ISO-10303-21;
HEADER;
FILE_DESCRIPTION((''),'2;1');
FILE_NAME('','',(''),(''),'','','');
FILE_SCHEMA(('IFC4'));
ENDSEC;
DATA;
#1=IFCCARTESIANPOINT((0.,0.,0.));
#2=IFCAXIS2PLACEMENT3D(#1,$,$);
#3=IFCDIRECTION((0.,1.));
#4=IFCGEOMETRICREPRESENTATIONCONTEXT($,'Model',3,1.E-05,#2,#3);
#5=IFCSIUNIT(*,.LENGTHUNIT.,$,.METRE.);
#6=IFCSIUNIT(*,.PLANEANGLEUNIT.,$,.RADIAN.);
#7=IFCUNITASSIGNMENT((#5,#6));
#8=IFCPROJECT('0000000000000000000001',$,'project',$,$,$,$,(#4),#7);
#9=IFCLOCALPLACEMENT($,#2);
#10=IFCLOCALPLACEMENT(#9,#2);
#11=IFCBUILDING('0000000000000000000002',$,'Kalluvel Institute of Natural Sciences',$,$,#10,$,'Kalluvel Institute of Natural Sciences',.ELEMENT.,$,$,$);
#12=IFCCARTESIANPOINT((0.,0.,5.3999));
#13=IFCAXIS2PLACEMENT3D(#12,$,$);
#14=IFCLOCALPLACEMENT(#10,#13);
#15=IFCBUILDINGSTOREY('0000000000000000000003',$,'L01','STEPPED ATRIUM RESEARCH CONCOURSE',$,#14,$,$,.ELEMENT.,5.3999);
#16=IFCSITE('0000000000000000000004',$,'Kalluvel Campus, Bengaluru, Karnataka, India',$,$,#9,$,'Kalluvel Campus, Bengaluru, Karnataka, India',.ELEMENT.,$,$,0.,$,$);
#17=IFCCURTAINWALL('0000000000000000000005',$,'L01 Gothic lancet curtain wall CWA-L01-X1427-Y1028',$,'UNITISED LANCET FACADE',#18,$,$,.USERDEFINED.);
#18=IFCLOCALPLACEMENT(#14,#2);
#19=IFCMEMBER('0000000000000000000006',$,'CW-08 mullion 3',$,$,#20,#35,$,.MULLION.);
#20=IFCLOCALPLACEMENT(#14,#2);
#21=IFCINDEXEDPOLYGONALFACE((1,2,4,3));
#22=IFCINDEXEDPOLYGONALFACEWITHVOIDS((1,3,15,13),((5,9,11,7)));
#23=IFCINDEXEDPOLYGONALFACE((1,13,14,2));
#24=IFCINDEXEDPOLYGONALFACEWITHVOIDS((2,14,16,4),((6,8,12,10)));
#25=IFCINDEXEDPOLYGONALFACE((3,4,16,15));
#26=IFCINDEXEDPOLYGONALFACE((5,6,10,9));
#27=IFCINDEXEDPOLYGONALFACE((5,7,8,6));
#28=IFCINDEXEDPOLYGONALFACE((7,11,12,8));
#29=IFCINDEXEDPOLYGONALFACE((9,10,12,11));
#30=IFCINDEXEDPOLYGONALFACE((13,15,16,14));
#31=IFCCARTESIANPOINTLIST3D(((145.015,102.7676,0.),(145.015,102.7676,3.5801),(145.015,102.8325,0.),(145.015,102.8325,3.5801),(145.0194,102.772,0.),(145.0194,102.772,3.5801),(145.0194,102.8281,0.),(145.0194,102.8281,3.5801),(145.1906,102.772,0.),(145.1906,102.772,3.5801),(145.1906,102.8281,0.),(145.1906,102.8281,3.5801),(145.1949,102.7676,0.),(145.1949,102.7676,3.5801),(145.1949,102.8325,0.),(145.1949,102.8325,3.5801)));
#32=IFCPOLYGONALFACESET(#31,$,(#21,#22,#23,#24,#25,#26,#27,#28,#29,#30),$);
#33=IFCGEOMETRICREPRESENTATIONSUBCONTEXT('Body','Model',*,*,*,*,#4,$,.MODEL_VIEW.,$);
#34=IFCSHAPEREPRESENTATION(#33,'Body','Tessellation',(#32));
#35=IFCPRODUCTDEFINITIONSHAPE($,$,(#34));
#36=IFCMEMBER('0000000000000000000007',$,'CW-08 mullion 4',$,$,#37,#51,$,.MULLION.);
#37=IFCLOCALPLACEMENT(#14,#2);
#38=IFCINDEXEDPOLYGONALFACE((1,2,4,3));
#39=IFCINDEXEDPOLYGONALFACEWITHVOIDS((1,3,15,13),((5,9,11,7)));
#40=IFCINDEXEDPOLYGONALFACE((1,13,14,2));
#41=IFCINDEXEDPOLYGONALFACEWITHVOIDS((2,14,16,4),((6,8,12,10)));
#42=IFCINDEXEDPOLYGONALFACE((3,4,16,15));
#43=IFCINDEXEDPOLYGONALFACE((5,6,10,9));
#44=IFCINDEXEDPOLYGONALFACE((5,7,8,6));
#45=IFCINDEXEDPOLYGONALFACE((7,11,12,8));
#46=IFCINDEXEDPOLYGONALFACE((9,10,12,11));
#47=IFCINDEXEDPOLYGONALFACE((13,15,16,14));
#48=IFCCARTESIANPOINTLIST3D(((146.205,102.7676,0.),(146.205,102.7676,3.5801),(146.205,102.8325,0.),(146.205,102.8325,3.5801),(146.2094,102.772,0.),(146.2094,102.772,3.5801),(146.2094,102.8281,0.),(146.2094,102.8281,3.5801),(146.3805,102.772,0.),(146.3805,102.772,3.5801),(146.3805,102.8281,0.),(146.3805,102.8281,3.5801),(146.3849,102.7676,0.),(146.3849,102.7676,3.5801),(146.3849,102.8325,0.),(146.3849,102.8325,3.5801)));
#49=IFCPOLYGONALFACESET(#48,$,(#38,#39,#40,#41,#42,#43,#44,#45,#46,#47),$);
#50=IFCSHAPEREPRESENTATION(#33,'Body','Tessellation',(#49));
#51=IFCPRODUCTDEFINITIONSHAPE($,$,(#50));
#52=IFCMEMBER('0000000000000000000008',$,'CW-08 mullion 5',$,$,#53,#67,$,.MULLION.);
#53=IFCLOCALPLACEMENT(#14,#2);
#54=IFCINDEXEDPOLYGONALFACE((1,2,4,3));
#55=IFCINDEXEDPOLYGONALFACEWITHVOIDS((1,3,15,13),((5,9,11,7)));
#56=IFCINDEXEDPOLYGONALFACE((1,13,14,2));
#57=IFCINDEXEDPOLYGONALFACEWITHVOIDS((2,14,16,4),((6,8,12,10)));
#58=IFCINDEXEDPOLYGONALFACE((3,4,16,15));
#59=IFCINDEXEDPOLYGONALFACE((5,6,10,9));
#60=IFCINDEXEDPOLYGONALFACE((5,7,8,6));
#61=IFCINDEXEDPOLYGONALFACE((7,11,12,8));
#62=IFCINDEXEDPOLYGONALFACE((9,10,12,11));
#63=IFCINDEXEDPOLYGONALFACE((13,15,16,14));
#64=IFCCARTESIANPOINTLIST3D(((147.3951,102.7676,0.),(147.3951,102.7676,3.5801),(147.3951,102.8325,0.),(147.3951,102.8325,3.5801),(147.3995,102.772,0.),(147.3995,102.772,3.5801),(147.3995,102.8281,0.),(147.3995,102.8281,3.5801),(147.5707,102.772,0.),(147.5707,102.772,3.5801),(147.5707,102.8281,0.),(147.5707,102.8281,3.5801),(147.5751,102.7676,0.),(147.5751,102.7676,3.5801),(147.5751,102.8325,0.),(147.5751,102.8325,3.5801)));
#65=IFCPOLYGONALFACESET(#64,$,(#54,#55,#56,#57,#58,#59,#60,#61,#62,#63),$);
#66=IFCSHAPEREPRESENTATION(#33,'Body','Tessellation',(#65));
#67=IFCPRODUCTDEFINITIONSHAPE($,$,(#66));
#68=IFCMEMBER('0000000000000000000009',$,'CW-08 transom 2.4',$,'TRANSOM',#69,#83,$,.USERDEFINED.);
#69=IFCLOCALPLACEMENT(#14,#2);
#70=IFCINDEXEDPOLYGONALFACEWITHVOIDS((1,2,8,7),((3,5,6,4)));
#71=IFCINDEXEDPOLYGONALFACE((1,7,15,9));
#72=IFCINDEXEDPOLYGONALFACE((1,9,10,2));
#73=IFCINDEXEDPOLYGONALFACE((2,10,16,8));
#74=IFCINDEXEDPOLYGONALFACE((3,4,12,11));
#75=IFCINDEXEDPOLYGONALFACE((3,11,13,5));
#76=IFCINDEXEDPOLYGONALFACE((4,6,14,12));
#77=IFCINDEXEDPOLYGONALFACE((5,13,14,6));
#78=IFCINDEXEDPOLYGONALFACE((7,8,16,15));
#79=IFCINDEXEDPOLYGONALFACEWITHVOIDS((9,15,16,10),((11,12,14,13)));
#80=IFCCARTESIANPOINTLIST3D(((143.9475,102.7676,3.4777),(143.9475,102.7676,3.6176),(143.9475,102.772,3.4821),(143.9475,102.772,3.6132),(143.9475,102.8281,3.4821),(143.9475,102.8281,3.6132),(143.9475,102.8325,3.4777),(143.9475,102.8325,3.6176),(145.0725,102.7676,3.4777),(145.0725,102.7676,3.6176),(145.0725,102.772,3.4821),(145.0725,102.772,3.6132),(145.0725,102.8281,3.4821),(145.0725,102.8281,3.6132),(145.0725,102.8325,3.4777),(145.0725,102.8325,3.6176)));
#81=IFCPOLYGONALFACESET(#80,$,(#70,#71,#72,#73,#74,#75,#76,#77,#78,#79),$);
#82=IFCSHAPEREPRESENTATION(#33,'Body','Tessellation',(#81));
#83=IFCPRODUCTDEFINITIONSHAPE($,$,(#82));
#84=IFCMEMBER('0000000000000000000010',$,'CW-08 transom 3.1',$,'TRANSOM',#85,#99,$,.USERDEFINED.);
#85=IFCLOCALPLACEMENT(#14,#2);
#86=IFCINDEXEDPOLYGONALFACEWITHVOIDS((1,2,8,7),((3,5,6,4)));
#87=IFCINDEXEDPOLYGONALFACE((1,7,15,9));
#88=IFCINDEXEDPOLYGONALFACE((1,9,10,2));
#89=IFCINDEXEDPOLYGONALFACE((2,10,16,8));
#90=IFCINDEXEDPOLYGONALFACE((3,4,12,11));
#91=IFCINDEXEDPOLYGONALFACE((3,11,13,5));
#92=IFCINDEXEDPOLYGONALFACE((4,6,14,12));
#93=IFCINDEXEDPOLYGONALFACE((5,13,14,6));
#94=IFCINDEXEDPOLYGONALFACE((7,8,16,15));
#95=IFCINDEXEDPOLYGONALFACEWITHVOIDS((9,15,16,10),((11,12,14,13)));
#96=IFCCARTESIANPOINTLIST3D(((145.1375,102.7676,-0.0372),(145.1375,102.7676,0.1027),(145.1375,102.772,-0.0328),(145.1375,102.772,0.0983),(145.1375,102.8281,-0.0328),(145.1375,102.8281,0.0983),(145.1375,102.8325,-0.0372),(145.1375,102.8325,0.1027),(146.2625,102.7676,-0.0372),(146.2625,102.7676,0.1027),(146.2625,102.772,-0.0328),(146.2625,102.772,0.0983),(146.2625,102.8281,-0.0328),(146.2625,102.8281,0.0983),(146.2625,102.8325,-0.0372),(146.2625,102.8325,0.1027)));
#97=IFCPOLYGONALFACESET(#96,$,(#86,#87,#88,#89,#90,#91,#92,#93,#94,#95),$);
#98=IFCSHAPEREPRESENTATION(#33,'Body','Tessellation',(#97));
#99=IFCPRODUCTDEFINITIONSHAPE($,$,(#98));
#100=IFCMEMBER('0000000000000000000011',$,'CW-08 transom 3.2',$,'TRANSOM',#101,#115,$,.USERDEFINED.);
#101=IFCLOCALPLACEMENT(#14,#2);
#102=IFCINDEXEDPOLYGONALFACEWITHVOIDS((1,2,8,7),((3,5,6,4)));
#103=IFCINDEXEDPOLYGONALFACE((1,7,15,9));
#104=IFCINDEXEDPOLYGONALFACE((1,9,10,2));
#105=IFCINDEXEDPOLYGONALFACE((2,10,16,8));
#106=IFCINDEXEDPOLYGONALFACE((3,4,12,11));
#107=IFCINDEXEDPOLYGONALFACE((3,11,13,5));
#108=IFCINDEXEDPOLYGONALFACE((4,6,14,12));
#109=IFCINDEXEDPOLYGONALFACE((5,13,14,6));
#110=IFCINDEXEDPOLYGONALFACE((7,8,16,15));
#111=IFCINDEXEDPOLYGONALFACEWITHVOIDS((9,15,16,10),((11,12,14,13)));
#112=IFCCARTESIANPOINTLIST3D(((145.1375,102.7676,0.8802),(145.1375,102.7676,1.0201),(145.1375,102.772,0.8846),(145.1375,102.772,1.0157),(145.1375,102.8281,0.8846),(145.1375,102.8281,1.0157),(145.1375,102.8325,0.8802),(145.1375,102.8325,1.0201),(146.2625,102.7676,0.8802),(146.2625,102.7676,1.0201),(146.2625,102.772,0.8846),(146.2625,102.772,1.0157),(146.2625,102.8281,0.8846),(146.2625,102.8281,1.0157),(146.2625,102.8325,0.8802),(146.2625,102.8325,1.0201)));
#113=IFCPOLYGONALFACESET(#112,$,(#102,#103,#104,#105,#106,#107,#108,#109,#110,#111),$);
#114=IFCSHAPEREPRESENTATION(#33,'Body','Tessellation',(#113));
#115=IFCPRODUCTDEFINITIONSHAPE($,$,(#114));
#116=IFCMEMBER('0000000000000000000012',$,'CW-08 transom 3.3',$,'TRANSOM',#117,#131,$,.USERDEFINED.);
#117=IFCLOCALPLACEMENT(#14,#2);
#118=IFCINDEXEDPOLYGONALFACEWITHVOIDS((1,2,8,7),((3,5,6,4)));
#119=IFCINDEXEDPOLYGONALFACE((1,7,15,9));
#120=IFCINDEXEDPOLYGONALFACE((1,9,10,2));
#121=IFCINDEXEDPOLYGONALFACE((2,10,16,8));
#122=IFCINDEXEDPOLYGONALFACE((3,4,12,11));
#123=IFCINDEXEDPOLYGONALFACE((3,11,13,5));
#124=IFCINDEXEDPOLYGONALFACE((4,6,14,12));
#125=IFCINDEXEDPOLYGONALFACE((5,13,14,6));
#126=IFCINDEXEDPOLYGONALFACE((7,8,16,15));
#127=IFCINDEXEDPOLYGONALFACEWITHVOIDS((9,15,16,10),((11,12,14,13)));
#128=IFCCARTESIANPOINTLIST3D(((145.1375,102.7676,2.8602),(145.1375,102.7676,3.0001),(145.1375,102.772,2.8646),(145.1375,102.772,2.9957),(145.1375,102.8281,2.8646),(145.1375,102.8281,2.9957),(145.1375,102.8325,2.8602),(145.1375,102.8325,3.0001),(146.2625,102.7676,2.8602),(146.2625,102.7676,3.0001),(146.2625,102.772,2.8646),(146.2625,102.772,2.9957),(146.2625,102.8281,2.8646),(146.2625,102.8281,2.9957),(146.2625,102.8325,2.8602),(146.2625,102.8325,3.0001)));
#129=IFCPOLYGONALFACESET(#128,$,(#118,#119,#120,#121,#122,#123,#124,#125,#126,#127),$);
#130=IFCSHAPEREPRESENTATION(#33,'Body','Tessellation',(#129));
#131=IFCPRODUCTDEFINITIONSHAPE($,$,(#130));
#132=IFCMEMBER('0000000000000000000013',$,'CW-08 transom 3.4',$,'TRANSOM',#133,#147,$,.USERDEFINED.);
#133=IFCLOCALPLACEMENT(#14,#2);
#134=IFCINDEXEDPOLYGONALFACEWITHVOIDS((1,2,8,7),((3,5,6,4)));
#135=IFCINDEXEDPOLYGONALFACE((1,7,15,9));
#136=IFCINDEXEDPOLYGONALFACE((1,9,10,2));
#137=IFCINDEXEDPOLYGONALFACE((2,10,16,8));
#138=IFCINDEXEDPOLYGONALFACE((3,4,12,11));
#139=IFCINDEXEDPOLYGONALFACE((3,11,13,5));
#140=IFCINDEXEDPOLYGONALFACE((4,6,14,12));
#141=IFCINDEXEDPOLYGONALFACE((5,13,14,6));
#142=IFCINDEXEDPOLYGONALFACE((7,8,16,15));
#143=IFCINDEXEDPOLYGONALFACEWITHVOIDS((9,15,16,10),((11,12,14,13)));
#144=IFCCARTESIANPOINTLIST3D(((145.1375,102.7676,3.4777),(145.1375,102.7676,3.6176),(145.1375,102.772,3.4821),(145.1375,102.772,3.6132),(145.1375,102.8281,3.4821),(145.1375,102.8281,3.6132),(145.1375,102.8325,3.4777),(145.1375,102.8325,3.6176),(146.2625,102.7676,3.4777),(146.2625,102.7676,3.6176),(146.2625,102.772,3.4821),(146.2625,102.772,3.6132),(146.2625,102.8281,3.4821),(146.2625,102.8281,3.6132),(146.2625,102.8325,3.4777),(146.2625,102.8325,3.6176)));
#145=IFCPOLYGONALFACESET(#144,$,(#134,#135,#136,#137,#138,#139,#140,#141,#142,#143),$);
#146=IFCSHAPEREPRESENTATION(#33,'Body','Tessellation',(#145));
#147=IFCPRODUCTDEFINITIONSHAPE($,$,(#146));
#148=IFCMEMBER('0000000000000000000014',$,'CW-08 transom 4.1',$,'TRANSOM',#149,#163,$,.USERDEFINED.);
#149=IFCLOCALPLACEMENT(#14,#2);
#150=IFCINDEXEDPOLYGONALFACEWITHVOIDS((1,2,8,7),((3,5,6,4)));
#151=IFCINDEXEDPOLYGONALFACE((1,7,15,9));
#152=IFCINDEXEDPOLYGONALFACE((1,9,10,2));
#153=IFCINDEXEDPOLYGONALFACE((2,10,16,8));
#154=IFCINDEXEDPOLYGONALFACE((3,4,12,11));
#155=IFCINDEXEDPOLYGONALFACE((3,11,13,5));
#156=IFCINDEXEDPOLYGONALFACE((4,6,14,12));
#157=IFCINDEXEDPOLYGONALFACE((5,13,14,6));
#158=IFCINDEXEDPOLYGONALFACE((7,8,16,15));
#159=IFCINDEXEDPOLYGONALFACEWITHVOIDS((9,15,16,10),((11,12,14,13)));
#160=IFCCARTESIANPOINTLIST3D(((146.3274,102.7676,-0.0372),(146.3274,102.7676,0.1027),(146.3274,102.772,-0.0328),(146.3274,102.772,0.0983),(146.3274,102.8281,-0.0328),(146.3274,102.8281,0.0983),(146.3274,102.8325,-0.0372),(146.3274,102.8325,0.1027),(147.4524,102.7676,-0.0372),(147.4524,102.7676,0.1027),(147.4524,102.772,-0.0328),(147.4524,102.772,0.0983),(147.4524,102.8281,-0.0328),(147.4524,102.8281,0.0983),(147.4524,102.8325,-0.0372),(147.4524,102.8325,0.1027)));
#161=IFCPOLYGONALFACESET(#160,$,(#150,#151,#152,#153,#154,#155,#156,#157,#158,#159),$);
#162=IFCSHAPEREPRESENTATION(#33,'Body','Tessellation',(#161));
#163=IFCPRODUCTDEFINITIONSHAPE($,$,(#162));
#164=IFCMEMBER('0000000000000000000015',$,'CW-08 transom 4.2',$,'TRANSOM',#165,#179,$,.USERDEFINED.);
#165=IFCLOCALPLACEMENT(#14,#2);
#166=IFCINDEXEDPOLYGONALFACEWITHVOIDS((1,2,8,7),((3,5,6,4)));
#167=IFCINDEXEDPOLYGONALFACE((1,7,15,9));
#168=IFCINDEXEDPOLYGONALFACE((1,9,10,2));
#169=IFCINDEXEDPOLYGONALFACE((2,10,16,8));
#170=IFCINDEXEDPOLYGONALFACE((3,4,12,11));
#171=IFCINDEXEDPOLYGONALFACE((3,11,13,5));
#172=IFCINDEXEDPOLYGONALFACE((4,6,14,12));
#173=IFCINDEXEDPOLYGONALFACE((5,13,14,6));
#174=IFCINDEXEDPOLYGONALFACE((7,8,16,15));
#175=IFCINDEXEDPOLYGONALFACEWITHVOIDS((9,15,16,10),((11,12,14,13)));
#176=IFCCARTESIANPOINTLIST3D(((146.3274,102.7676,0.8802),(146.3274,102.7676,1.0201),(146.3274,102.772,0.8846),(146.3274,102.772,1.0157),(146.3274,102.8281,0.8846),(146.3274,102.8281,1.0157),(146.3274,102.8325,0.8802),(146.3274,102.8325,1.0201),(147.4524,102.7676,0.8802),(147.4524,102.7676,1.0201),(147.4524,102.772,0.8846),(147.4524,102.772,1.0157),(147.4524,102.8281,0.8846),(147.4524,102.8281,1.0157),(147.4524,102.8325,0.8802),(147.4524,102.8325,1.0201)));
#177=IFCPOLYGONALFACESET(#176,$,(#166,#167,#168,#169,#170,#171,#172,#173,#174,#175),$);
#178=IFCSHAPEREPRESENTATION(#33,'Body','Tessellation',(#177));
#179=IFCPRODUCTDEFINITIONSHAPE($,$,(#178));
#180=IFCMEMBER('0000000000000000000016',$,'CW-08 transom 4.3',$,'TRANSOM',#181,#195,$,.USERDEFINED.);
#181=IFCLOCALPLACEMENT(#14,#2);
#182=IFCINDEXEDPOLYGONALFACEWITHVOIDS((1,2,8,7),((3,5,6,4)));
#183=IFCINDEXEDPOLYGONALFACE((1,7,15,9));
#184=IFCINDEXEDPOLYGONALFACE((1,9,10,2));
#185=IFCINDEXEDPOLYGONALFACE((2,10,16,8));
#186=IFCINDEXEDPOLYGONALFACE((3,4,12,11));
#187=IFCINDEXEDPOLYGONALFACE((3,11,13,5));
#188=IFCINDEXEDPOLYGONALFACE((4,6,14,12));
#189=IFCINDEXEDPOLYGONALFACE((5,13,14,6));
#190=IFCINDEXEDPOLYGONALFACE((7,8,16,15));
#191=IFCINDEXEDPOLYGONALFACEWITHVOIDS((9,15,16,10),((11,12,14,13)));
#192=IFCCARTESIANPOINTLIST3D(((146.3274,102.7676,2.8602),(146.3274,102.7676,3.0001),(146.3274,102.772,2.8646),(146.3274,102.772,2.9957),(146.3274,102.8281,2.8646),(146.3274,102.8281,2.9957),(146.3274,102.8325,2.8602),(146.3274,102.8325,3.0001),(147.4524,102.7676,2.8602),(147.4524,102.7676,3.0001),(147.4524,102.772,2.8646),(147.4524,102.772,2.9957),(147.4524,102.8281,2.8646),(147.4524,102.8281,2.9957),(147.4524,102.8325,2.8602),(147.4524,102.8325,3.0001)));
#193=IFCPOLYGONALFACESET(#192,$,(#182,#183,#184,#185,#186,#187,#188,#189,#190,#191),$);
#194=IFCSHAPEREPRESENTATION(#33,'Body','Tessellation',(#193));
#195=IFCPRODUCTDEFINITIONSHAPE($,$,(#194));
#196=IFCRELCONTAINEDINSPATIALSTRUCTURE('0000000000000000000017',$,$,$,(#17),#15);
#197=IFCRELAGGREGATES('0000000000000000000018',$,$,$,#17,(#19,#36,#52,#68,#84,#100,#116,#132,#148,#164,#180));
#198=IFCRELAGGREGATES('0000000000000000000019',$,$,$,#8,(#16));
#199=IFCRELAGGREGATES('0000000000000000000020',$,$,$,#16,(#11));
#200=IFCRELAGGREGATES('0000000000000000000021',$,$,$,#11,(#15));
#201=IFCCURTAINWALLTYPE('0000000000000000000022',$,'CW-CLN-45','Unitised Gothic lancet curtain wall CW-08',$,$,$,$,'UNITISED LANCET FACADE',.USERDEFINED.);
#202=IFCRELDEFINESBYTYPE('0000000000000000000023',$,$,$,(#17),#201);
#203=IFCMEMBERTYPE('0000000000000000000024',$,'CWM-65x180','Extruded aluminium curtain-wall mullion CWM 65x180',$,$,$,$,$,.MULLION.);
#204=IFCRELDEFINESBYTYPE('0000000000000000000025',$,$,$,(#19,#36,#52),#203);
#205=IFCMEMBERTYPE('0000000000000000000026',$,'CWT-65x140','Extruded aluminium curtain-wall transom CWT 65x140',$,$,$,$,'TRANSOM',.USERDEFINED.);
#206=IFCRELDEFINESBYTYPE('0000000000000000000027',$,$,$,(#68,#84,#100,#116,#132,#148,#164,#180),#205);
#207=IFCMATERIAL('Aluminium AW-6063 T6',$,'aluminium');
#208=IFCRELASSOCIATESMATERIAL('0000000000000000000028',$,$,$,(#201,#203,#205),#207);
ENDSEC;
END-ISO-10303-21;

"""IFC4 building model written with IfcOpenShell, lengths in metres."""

from ifc_helpers import new_model, si_unit, direction, frame, origin, origin_2d, place, context, subcontext, project, spatial, hollow_rectangle, extrude, material, material_profile, profile_set, type_object, element, aggregate, save


model = new_model("IFC4")

# Units and contexts
model_context = context("Model", 3, precision=1e-05, world=origin(), true_north=direction((0.0, 1.0)))
body_context = subcontext(model_context, "Body", "Model", "MODEL_VIEW")
ifc_project = project(units=[si_unit("LENGTHUNIT", "METRE"), si_unit("PLANEANGLEUNIT", "RADIAN")], contexts=[model_context])

# Site, building, storey
site_placement = place(None, origin())
site = spatial("IfcSite", under=ifc_project, at=site_placement, Name="Kalluvel Campus, Bengaluru, Karnataka, India", LongName="Kalluvel Campus, Bengaluru, Karnataka, India", CompositionType="ELEMENT", RefElevation=0.0)
building_placement = place(site_placement, origin())
building = spatial("IfcBuilding", under=site, at=building_placement, Name="Kalluvel Institute of Natural Sciences", LongName="Kalluvel Institute of Natural Sciences", CompositionType="ELEMENT")
storey_placement = place(building_placement, frame((0.0, 0.0, 5.3999)))
storey = spatial("IfcBuildingStorey", under=building, at=storey_placement, Name="L01", Description="STEPPED ATRIUM RESEARCH CONCOURSE", CompositionType="ELEMENT", Elevation=5.3999)

# Curtain wall, members
ifc_material_1 = material(Name="Aluminium AW-6063 T6", Category="aluminium")
curtain_wall_type = type_object("IfcCurtainWallType", Name="CW-CLN-45", Description="Unitised Gothic lancet curtain wall CW-08", ElementType="UNITISED LANCET FACADE", PredefinedType="USERDEFINED", material=ifc_material_1)
curtain_wall_placement = place(storey_placement, origin())
curtain_wall = element("IfcCurtainWall", 1, at=curtain_wall_placement, inside=storey, type_object=curtain_wall_type, Name="L01 Gothic lancet curtain wall CWA-L01-X1427-Y1028", ObjectType="UNITISED LANCET FACADE", PredefinedType="USERDEFINED")
ifc_material_profile_1 = material_profile(ifc_material_1, hollow_rectangle(XDim=0.0649, YDim=0.1799, WallThickness=0.0044, at=origin_2d()), Name="CWM 65x180")
ifc_profile_set_1 = profile_set([ifc_material_profile_1], Name="Aluminium AW-6063 T6")
member_type_1 = type_object("IfcMemberType", Name="CWM-65x180", Description="Extruded aluminium curtain-wall mullion CWM 65x180", PredefinedType="MULLION", material=ifc_profile_set_1)
member_1_placement = place(storey_placement, frame((145.105, 102.8, 0.0), z_axis=(0.0, 0.0, 1.0), x_axis=(0.0, 1.0, 0.0)))
member_1 = element("IfcMember", 2, at=member_1_placement, type_object=member_type_1, Name="CW-08 mullion 3", PredefinedType="MULLION", context=body_context, shape_type="SweptSolid", body=[
    extrude(hollow_rectangle(XDim=0.0649, YDim=0.1799, WallThickness=0.0044, at=origin_2d()), origin(), (0.0, 0.0, 1.0), 3.5801),
])
member_2_placement = place(storey_placement, frame((146.2949, 102.8, 0.0), z_axis=(0.0, 0.0, 1.0), x_axis=(0.0, 1.0, 0.0)))
member_2 = element("IfcMember", 3, at=member_2_placement, type_object=member_type_1, Name="CW-08 mullion 4", PredefinedType="MULLION", context=body_context, shape_type="SweptSolid", body=[
    extrude(hollow_rectangle(XDim=0.0649, YDim=0.1799, WallThickness=0.0044, at=origin_2d()), origin(), (0.0, 0.0, 1.0), 3.5801),
])
member_3_placement = place(storey_placement, frame((147.4851, 102.8, 0.0), z_axis=(0.0, 0.0, 1.0), x_axis=(0.0, 1.0, 0.0)))
member_3 = element("IfcMember", 4, at=member_3_placement, type_object=member_type_1, Name="CW-08 mullion 5", PredefinedType="MULLION", context=body_context, shape_type="SweptSolid", body=[
    extrude(hollow_rectangle(XDim=0.0649, YDim=0.1799, WallThickness=0.0044, at=origin_2d()), origin(), (0.0, 0.0, 1.0), 3.5801),
])
ifc_material_profile_2 = material_profile(ifc_material_1, hollow_rectangle(XDim=0.0649, YDim=0.1399, WallThickness=0.0044, at=origin_2d()), Name="CWT 65x140")
ifc_profile_set_2 = profile_set([ifc_material_profile_2], Name="Aluminium AW-6063 T6")
member_type_2 = type_object("IfcMemberType", Name="CWT-65x140", Description="Extruded aluminium curtain-wall transom CWT 65x140", ElementType="TRANSOM", PredefinedType="USERDEFINED", material=ifc_profile_set_2)
member_4_placement = place(storey_placement, frame((143.9475, 102.8, 3.5476), z_axis=(1.0, 0.0, 0.0), x_axis=(0.0, 1.0, 0.0)))
member_4 = element("IfcMember", 5, at=member_4_placement, type_object=member_type_2, Name="CW-08 transom 2.4", ObjectType="TRANSOM", PredefinedType="USERDEFINED", context=body_context, shape_type="SweptSolid", body=[
    extrude(hollow_rectangle(XDim=0.0649, YDim=0.1399, WallThickness=0.0044, at=origin_2d()), origin(), (0.0, 0.0, 1.0), 1.125),
])
member_5_placement = place(storey_placement, frame((145.1375, 102.8, 0.0327), z_axis=(1.0, 0.0, 0.0), x_axis=(0.0, 1.0, 0.0)))
member_5 = element("IfcMember", 6, at=member_5_placement, type_object=member_type_2, Name="CW-08 transom 3.1", ObjectType="TRANSOM", PredefinedType="USERDEFINED", context=body_context, shape_type="SweptSolid", body=[
    extrude(hollow_rectangle(XDim=0.0649, YDim=0.1399, WallThickness=0.0044, at=origin_2d()), origin(), (0.0, 0.0, 1.0), 1.125),
])
member_6_placement = place(storey_placement, frame((145.1375, 102.8, 0.9502), z_axis=(1.0, 0.0, 0.0), x_axis=(0.0, 1.0, 0.0)))
member_6 = element("IfcMember", 7, at=member_6_placement, type_object=member_type_2, Name="CW-08 transom 3.2", ObjectType="TRANSOM", PredefinedType="USERDEFINED", context=body_context, shape_type="SweptSolid", body=[
    extrude(hollow_rectangle(XDim=0.0649, YDim=0.1399, WallThickness=0.0044, at=origin_2d()), origin(), (0.0, 0.0, 1.0), 1.125),
])
member_7_placement = place(storey_placement, frame((145.1375, 102.8, 2.9302), z_axis=(1.0, 0.0, 0.0), x_axis=(0.0, 1.0, 0.0)))
member_7 = element("IfcMember", 8, at=member_7_placement, type_object=member_type_2, Name="CW-08 transom 3.3", ObjectType="TRANSOM", PredefinedType="USERDEFINED", context=body_context, shape_type="SweptSolid", body=[
    extrude(hollow_rectangle(XDim=0.0649, YDim=0.1399, WallThickness=0.0044, at=origin_2d()), origin(), (0.0, 0.0, 1.0), 1.125),
])
member_8_placement = place(storey_placement, frame((145.1375, 102.8, 3.5476), z_axis=(1.0, 0.0, 0.0), x_axis=(0.0, 1.0, 0.0)))
member_8 = element("IfcMember", 9, at=member_8_placement, type_object=member_type_2, Name="CW-08 transom 3.4", ObjectType="TRANSOM", PredefinedType="USERDEFINED", context=body_context, shape_type="SweptSolid", body=[
    extrude(hollow_rectangle(XDim=0.0649, YDim=0.1399, WallThickness=0.0044, at=origin_2d()), origin(), (0.0, 0.0, 1.0), 1.125),
])
member_9_placement = place(storey_placement, frame((146.3274, 102.8, 0.0327), z_axis=(1.0, 0.0, 0.0), x_axis=(0.0, 1.0, 0.0)))
member_9 = element("IfcMember", 10, at=member_9_placement, type_object=member_type_2, Name="CW-08 transom 4.1", ObjectType="TRANSOM", PredefinedType="USERDEFINED", context=body_context, shape_type="SweptSolid", body=[
    extrude(hollow_rectangle(XDim=0.0649, YDim=0.1399, WallThickness=0.0044, at=origin_2d()), origin(), (0.0, 0.0, 1.0), 1.125),
])
member_10_placement = place(storey_placement, frame((146.3274, 102.8, 0.9502), z_axis=(1.0, 0.0, 0.0), x_axis=(0.0, 1.0, 0.0)))
member_10 = element("IfcMember", 11, at=member_10_placement, type_object=member_type_2, Name="CW-08 transom 4.2", ObjectType="TRANSOM", PredefinedType="USERDEFINED", context=body_context, shape_type="SweptSolid", body=[
    extrude(hollow_rectangle(XDim=0.0649, YDim=0.1399, WallThickness=0.0044, at=origin_2d()), origin(), (0.0, 0.0, 1.0), 1.125),
])
member_11_placement = place(storey_placement, frame((146.3274, 102.8, 2.9302), z_axis=(1.0, 0.0, 0.0), x_axis=(0.0, 1.0, 0.0)))
member_11 = element("IfcMember", 12, at=member_11_placement, type_object=member_type_2, Name="CW-08 transom 4.3", ObjectType="TRANSOM", PredefinedType="USERDEFINED", context=body_context, shape_type="SweptSolid", body=[
    extrude(hollow_rectangle(XDim=0.0649, YDim=0.1399, WallThickness=0.0044, at=origin_2d()), origin(), (0.0, 0.0, 1.0), 1.125),
])
aggregate(curtain_wall, [member_1, member_2, member_3, member_4, member_5, member_6, member_7, member_8, member_9, member_10, member_11])

save(model, "model.ifc")
